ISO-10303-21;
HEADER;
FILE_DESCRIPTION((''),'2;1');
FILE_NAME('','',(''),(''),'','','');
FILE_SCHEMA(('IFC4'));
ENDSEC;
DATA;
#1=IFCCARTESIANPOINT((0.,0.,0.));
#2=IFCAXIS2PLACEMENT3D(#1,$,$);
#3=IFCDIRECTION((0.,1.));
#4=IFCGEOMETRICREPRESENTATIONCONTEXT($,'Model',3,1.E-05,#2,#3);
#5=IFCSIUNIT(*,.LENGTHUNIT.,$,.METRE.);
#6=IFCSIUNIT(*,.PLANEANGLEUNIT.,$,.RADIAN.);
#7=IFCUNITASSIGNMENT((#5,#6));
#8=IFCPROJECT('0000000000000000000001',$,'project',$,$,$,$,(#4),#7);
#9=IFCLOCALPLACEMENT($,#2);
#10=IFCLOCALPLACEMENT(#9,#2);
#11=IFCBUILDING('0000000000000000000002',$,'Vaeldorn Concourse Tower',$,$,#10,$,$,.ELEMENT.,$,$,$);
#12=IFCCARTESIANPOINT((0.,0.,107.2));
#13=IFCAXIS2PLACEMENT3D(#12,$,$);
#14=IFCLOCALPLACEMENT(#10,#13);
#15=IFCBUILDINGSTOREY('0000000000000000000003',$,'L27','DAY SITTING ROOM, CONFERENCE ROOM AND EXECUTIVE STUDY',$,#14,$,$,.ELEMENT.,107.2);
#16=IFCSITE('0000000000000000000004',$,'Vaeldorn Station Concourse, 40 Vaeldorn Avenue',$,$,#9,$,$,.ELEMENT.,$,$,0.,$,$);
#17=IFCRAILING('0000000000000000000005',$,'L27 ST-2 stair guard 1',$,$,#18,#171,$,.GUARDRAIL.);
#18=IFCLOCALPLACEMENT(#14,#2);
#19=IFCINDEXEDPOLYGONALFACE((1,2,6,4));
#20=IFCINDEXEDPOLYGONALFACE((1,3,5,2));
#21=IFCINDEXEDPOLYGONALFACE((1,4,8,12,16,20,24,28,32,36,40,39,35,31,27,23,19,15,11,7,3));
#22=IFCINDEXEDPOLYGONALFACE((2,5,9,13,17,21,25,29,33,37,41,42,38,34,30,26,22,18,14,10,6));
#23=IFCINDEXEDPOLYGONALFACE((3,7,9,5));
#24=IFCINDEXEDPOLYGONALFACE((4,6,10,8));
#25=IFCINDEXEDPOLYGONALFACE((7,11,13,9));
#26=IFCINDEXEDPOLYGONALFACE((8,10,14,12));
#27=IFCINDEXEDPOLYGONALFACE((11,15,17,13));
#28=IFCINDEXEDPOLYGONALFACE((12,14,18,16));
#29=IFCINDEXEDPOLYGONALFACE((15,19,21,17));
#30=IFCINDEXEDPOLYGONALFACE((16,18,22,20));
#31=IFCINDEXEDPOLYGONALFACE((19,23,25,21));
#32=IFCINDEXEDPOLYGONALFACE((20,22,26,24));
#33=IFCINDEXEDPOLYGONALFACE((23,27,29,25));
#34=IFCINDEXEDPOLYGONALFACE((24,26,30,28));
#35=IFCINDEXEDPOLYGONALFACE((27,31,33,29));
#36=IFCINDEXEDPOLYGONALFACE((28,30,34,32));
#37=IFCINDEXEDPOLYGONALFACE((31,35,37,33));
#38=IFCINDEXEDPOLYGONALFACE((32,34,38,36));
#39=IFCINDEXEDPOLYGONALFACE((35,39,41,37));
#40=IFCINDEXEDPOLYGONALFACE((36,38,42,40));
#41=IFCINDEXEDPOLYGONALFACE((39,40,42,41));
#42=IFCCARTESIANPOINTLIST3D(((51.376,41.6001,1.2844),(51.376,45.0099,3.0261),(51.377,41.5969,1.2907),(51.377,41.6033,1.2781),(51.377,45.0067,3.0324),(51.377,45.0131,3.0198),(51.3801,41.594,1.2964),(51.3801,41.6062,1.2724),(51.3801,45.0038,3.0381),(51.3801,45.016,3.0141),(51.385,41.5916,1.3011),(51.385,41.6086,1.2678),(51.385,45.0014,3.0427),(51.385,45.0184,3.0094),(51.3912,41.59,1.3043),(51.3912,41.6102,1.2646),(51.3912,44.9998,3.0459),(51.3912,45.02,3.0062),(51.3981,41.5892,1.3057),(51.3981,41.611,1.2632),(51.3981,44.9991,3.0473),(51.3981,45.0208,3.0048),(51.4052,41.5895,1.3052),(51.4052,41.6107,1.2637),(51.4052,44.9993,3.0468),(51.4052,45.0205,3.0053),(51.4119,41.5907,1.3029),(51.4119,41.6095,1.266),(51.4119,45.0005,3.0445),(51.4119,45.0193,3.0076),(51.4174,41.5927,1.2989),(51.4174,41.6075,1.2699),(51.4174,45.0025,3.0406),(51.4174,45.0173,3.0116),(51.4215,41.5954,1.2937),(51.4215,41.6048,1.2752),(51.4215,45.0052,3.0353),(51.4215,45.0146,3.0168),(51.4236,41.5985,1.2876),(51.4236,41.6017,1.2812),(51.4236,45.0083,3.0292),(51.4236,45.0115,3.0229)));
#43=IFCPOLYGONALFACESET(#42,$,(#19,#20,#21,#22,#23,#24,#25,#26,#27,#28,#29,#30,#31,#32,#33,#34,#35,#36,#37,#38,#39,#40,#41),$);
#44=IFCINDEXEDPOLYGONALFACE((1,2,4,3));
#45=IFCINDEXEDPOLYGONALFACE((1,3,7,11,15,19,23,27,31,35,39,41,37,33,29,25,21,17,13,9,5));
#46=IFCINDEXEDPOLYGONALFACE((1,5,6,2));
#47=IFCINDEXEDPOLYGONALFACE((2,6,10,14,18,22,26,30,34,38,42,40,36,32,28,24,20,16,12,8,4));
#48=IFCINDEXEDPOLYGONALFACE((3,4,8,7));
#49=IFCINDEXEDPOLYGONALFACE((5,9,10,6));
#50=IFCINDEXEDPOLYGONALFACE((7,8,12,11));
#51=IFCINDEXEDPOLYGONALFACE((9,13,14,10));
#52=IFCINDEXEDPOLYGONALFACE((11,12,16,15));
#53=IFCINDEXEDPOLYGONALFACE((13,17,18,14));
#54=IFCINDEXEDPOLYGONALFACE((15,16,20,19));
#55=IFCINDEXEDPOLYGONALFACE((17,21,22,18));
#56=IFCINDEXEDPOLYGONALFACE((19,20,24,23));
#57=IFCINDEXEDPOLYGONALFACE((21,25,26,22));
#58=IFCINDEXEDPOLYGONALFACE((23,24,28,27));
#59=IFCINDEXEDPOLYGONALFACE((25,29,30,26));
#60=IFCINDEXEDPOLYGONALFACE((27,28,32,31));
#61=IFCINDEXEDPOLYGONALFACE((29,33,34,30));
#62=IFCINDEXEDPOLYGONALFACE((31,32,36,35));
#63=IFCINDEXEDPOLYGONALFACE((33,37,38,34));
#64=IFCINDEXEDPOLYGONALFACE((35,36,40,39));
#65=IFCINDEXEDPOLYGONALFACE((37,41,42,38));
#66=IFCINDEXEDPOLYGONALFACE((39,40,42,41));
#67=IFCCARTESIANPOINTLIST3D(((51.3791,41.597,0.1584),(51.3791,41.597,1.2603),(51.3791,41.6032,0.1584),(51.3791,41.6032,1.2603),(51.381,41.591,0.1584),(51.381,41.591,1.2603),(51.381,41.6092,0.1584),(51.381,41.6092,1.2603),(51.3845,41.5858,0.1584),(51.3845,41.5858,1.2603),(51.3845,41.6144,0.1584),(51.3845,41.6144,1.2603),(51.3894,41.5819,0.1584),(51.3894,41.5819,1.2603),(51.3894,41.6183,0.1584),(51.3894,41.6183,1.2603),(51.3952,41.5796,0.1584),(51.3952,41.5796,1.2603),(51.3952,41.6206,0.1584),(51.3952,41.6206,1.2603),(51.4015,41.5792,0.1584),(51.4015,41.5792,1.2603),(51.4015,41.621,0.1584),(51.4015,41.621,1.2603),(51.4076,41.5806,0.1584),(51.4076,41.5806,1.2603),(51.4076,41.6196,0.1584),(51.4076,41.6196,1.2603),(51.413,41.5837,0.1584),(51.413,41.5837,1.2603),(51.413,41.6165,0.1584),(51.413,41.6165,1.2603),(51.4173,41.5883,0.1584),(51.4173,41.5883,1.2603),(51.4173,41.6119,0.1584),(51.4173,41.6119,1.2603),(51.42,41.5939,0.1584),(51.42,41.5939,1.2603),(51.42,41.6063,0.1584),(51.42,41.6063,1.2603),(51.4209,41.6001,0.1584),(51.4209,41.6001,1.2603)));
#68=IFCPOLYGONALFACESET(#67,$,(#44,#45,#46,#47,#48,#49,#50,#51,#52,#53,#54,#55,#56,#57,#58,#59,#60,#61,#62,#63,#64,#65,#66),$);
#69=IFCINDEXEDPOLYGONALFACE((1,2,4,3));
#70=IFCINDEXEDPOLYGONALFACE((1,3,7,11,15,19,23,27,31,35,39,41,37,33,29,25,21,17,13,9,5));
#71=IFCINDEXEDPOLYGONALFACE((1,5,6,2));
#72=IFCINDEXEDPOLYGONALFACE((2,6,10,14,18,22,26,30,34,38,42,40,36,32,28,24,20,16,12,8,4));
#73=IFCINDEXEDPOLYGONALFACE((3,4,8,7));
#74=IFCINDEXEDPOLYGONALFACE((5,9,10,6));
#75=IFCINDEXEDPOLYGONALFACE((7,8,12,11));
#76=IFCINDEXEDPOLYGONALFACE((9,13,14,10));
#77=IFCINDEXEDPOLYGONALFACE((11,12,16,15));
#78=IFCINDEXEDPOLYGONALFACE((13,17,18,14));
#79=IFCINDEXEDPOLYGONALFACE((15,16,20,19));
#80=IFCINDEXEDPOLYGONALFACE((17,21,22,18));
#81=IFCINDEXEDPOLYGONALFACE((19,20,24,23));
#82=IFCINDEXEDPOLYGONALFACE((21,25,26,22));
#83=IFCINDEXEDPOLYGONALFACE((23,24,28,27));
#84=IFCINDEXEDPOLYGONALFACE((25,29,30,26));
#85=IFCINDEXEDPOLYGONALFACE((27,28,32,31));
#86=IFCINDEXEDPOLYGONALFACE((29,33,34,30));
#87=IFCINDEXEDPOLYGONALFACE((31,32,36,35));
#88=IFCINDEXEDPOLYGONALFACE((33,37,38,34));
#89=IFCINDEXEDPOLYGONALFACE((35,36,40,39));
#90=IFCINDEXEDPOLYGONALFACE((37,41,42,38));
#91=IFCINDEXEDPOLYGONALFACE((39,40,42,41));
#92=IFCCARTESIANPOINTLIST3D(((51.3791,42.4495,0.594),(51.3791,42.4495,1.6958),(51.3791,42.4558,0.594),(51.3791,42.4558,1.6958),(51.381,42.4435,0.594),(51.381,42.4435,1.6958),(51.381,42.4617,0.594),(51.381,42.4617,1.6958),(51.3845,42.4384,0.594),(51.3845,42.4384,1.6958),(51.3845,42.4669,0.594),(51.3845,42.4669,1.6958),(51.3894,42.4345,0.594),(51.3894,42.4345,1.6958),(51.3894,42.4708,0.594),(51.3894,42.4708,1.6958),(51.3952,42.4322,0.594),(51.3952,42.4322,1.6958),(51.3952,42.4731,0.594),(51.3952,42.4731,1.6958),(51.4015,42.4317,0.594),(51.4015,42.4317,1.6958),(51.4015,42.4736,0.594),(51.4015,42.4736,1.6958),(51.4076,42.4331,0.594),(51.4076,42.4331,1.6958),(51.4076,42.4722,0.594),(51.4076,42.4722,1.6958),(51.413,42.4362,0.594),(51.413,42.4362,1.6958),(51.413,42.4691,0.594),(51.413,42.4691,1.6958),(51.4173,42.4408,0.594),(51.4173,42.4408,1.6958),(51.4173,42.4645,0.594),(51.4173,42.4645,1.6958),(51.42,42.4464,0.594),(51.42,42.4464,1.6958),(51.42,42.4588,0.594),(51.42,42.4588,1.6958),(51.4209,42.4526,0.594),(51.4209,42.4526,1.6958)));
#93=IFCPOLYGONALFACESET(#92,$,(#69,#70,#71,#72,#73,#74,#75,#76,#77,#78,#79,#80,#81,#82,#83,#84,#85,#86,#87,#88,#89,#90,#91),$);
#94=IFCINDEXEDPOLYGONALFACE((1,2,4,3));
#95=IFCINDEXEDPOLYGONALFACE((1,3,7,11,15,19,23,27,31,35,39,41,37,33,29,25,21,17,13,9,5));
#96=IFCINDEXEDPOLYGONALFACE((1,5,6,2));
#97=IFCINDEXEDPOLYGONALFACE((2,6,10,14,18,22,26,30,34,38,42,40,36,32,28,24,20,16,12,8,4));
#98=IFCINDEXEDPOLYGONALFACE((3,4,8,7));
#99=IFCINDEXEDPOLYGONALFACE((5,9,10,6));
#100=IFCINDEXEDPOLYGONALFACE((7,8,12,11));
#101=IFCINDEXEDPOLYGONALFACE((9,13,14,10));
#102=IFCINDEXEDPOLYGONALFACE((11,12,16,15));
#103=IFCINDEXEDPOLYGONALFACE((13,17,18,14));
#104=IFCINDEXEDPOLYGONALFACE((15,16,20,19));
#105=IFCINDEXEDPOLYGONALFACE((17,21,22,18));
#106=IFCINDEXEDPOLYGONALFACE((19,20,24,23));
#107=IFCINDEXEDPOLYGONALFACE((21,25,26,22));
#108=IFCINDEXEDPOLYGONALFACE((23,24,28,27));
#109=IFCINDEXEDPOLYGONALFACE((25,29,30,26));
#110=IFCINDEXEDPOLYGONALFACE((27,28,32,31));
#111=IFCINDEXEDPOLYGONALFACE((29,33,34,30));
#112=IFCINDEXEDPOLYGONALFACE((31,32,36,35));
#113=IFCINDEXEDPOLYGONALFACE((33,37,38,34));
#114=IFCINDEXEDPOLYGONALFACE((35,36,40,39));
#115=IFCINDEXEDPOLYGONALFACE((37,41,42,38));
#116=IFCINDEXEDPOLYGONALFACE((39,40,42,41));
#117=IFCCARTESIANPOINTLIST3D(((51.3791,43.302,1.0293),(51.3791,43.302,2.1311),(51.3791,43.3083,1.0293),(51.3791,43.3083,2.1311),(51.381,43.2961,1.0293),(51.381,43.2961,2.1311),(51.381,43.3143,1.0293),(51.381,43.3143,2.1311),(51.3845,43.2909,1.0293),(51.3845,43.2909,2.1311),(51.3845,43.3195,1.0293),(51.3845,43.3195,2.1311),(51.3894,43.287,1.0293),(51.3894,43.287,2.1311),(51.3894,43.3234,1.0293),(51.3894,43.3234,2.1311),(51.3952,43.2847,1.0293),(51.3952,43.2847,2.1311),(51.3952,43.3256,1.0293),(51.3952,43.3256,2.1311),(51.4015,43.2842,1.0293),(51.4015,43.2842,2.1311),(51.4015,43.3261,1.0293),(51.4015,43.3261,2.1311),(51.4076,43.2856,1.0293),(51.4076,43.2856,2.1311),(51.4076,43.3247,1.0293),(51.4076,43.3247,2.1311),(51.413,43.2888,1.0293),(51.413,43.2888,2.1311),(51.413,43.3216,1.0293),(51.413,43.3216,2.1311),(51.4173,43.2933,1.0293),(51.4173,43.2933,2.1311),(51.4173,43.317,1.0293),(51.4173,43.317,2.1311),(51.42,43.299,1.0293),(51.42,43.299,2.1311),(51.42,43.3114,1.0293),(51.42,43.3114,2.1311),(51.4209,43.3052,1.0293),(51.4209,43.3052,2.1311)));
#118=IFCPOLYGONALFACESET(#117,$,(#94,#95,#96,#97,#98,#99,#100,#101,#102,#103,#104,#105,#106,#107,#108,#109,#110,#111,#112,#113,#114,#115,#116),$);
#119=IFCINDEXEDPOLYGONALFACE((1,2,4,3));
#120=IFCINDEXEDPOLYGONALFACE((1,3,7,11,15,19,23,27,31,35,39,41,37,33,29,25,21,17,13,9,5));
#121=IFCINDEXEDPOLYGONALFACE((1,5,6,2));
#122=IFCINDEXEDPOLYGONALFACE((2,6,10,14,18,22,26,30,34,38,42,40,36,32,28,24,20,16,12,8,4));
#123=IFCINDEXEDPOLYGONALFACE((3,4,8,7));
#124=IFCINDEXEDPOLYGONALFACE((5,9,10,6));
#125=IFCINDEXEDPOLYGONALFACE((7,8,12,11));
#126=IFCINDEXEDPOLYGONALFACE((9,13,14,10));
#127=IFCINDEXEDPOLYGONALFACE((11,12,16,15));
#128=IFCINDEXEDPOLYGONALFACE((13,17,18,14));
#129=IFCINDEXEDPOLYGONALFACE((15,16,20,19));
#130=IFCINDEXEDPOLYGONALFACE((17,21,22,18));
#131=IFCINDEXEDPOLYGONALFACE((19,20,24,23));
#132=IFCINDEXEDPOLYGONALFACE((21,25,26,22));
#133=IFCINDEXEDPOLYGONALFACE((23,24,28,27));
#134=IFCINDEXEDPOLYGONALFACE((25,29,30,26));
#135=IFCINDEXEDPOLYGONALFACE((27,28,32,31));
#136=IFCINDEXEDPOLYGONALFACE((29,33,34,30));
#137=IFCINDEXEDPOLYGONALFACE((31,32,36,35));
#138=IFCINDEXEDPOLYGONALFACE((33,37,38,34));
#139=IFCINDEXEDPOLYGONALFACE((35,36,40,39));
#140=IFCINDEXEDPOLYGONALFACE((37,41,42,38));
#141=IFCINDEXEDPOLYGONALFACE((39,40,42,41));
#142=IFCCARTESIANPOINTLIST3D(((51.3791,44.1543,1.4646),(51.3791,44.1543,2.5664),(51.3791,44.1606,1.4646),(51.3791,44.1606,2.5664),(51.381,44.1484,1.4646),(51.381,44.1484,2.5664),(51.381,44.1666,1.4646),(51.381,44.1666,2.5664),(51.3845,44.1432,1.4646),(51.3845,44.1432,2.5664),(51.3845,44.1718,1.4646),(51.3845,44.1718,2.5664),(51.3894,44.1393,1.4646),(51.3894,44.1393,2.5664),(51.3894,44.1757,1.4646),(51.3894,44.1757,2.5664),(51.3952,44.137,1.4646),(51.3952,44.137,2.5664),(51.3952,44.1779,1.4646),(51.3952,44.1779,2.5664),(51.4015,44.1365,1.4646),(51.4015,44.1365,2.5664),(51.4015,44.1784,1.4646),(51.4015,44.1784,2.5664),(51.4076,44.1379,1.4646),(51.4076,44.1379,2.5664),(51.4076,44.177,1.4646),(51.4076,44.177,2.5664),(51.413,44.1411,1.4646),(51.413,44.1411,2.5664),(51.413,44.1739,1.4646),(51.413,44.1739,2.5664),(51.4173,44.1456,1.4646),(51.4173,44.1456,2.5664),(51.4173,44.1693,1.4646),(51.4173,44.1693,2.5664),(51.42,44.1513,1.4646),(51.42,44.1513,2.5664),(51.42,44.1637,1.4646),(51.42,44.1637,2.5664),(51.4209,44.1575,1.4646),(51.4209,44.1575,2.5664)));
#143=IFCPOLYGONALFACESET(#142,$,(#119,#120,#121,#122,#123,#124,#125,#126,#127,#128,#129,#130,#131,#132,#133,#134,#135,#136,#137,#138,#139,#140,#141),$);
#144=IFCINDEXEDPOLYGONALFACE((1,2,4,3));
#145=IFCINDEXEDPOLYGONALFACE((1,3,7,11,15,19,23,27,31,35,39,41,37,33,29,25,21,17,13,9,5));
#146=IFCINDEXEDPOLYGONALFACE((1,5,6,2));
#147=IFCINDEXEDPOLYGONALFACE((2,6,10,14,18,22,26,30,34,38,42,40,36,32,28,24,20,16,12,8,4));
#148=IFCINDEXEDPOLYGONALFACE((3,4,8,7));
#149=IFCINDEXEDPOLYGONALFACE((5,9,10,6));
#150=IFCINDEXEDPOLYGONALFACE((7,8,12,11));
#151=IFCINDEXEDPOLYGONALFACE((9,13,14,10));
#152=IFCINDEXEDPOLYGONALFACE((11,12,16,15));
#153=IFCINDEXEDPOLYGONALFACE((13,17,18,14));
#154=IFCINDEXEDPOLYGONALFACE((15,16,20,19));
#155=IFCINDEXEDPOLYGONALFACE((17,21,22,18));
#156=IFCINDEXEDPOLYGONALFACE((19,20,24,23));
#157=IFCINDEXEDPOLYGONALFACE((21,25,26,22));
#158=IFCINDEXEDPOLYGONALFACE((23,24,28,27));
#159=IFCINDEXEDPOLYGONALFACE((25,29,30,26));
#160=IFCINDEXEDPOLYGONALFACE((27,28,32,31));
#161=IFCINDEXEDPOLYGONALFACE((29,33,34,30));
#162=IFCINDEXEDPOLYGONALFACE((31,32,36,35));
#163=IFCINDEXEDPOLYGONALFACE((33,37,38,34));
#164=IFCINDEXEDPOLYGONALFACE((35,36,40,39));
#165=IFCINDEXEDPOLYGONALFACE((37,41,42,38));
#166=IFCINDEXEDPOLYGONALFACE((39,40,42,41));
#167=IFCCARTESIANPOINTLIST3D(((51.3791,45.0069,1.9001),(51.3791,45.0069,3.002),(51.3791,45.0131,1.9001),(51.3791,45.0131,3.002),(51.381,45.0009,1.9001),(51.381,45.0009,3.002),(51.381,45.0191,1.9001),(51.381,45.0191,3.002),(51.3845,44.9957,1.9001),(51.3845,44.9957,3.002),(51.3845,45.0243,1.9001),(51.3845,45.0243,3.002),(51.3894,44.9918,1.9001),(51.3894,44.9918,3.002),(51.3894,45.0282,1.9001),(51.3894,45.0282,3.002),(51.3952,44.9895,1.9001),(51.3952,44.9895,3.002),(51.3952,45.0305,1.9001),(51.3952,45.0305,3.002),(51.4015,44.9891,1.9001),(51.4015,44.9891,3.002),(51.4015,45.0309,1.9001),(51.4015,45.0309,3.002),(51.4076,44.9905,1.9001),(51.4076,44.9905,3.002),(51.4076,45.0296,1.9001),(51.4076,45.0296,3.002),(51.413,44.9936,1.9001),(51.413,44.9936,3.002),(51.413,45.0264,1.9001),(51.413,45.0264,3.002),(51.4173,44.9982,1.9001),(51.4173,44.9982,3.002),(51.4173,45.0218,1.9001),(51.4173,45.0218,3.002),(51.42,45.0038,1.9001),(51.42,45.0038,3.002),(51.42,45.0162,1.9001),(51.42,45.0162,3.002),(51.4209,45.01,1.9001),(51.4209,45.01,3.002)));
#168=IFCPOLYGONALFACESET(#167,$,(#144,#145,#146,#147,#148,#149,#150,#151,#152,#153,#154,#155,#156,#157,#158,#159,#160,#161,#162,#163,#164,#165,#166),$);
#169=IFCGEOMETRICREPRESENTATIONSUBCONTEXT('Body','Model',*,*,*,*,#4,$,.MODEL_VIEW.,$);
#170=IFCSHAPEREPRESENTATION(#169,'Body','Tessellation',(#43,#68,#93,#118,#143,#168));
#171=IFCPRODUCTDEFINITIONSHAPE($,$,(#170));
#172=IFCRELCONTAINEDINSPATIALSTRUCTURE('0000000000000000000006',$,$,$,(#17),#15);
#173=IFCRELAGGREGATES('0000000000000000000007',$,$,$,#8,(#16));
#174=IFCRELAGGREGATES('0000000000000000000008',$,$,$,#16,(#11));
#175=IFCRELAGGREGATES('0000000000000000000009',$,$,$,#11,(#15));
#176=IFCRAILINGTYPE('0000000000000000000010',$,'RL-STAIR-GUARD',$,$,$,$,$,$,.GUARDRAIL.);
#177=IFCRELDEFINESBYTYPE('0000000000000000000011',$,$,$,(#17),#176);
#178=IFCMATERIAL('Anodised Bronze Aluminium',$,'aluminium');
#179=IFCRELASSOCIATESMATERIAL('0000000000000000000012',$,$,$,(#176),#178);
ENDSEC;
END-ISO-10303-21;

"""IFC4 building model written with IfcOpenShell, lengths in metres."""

from ifc_helpers import new_model, si_unit, direction, frame, origin, origin_2d, place, context, subcontext, project, spatial, circle, extrude, material, type_object, element, save


model = new_model("IFC4")

# Units and contexts
model_context = context("Model", 3, precision=1e-05, world=origin(), true_north=direction((0.0, 1.0)))
body_context = subcontext(model_context, "Body", "Model", "MODEL_VIEW")
ifc_project = project(units=[si_unit("LENGTHUNIT", "METRE"), si_unit("PLANEANGLEUNIT", "RADIAN")], contexts=[model_context])

# Site, building, storey
site_placement = place(None, origin())
site = spatial("IfcSite", under=ifc_project, at=site_placement, Name="Vaeldorn Station Concourse, 40 Vaeldorn Avenue", CompositionType="ELEMENT", RefElevation=0.0)
building_placement = place(site_placement, origin())
building = spatial("IfcBuilding", under=site, at=building_placement, Name="Vaeldorn Concourse Tower", CompositionType="ELEMENT")
storey_placement = place(building_placement, frame((0.0, 0.0, 107.2)))
storey = spatial("IfcBuildingStorey", under=building, at=storey_placement, Name="L27", Description="DAY SITTING ROOM, CONFERENCE ROOM AND EXECUTIVE STUDY", CompositionType="ELEMENT", Elevation=107.2)

# Shared definitions
ifc_material_1 = material(Name="Anodised Bronze Aluminium", Category="aluminium")

# Railing
railing_type_1 = type_object("IfcRailingType", Name="RL-STAIR-GUARD", PredefinedType="GUARDRAIL", material=ifc_material_1)
railing_1_placement = place(storey_placement, frame((51.3999, 41.6001, 0.1584)))
element("IfcRailing", 1, at=railing_1_placement, inside=storey, type_object=railing_type_1, Name="L27 ST-2 stair guard 1", PredefinedType="GUARDRAIL", context=body_context, shape_type="SweptSolid", body=[
    extrude(circle(Radius=0.0239, at=origin_2d()), frame((0.0, 0.0, 1.126), z_axis=(0.0, 0.890556, 0.454874), x_axis=(-1.0, 0.0, 0.0)), (0.0, 0.0, 1.0), 3.8289),
    extrude(circle(Radius=0.021, at=origin_2d()), origin(), (0.0, 0.0, 1.0), 1.1018),
    extrude(circle(Radius=0.021, at=origin_2d()), frame((0.0, 0.8525, 0.4355)), (0.0, 0.0, 1.0), 1.1018),
    extrude(circle(Radius=0.021, at=origin_2d()), frame((0.0, 1.7051, 0.8708)), (0.0, 0.0, 1.0), 1.1018),
    extrude(circle(Radius=0.021, at=origin_2d()), frame((0.0, 2.5574, 1.3062)), (0.0, 0.0, 1.0), 1.1018),
    extrude(circle(Radius=0.021, at=origin_2d()), frame((0.0, 3.4099, 1.7417)), (0.0, 0.0, 1.0), 1.1018),
])

save(model, "model.ifc")
